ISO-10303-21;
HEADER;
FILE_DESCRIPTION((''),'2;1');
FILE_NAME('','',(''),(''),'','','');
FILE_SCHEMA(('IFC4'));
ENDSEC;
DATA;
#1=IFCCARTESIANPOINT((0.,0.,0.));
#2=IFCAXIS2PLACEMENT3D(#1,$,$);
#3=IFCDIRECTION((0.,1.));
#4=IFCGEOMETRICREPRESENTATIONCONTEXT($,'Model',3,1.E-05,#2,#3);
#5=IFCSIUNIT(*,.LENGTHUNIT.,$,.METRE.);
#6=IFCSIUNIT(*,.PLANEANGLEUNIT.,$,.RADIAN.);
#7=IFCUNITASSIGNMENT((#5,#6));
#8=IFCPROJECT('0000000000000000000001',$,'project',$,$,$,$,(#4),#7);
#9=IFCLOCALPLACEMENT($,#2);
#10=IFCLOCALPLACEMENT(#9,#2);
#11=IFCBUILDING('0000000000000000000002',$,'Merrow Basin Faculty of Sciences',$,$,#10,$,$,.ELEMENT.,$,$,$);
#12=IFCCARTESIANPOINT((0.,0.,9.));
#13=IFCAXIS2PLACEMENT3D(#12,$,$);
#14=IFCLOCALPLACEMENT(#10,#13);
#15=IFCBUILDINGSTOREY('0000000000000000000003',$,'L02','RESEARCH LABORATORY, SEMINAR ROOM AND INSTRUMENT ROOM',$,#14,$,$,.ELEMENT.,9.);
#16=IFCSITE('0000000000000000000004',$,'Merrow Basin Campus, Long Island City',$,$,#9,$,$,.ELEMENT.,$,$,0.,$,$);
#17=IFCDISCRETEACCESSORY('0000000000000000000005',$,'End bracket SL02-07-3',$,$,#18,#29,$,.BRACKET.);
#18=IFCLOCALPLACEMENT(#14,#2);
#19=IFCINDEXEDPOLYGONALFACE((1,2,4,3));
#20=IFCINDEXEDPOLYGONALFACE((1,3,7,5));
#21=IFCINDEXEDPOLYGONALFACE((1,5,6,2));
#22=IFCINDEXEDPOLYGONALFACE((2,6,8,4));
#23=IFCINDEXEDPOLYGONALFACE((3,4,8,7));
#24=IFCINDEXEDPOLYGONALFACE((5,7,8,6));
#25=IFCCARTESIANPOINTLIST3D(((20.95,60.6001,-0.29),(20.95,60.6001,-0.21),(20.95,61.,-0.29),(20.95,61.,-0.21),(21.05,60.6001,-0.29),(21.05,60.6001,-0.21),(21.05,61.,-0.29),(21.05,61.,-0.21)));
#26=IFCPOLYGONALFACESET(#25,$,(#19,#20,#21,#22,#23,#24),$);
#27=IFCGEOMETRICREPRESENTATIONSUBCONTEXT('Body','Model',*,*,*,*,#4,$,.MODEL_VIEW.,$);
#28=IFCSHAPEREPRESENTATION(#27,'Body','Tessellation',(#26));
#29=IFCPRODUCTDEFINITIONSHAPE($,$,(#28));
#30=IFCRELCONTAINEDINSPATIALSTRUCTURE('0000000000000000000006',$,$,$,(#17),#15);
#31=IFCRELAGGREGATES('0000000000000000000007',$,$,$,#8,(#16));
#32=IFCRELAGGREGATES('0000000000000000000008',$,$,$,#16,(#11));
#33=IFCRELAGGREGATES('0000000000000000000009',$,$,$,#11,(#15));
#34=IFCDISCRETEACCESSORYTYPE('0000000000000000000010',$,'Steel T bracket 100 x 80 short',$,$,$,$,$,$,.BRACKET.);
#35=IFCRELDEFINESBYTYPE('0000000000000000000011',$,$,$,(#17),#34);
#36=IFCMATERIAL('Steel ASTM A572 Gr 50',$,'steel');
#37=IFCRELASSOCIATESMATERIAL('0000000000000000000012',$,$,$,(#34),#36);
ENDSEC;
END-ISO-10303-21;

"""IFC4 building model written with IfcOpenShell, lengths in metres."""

from ifc_helpers import new_model, si_unit, direction, frame, origin, place, context, subcontext, project, spatial, polyline, outline, extrude, source, transform, mapped, material, type_object, element, save


model = new_model("IFC4")

# Units and contexts
model_context = context("Model", 3, precision=1e-05, world=origin(), true_north=direction((0.0, 1.0)))
body_context = subcontext(model_context, "Body", "Model", "MODEL_VIEW")
ifc_project = project(units=[si_unit("LENGTHUNIT", "METRE"), si_unit("PLANEANGLEUNIT", "RADIAN")], contexts=[model_context])

# Site, building, storey
site_placement = place(None, origin())
site = spatial("IfcSite", under=ifc_project, at=site_placement, Name="Merrow Basin Campus, Long Island City", CompositionType="ELEMENT", RefElevation=0.0)
building_placement = place(site_placement, origin())
building = spatial("IfcBuilding", under=site, at=building_placement, Name="Merrow Basin Faculty of Sciences", CompositionType="ELEMENT")
storey_placement = place(building_placement, frame((0.0, 0.0, 9.0)))
storey = spatial("IfcBuildingStorey", under=building, at=storey_placement, Name="L02", Description="RESEARCH LABORATORY, SEMINAR ROOM AND INSTRUMENT ROOM", CompositionType="ELEMENT", Elevation=9.0)

# Discrete accessory
ifc_material_1 = material(Name="Steel ASTM A572 Gr 50", Category="steel")
discrete_accessory_type = type_object("IfcDiscreteAccessoryType", Name="Steel T bracket 100 x 80 short", PredefinedType="BRACKET", material=ifc_material_1)
shared_shape = source(origin(), body_context, "Body", "SweptSolid", [
    extrude(outline(polyline([(0.0, 0.0), (0.1001, 0.0), (0.1001, 0.0801), (0.0, 0.0801), (0.0, 0.0)])), origin(), (0.0, 0.0, 1.0), 0.3999),
])
for number, where, z_axis, x_axis, name in (
    (1, (21.05, 60.6001, -0.29), (0.0, 1.0, 0.0), (-1.0, 0.0, 0.0), "End bracket SL02-07-3"),
):
    element("IfcDiscreteAccessory", number, at=place(storey_placement, frame(where, z_axis=z_axis, x_axis=x_axis)), inside=storey, type_object=discrete_accessory_type, Name=name, PredefinedType="BRACKET", context=body_context, shape_type="MappedRepresentation", body=[
        mapped(shared_shape, transform((0.0, 0.0, 0.0), scale=1.0)),
    ])

save(model, "model.ifc")
